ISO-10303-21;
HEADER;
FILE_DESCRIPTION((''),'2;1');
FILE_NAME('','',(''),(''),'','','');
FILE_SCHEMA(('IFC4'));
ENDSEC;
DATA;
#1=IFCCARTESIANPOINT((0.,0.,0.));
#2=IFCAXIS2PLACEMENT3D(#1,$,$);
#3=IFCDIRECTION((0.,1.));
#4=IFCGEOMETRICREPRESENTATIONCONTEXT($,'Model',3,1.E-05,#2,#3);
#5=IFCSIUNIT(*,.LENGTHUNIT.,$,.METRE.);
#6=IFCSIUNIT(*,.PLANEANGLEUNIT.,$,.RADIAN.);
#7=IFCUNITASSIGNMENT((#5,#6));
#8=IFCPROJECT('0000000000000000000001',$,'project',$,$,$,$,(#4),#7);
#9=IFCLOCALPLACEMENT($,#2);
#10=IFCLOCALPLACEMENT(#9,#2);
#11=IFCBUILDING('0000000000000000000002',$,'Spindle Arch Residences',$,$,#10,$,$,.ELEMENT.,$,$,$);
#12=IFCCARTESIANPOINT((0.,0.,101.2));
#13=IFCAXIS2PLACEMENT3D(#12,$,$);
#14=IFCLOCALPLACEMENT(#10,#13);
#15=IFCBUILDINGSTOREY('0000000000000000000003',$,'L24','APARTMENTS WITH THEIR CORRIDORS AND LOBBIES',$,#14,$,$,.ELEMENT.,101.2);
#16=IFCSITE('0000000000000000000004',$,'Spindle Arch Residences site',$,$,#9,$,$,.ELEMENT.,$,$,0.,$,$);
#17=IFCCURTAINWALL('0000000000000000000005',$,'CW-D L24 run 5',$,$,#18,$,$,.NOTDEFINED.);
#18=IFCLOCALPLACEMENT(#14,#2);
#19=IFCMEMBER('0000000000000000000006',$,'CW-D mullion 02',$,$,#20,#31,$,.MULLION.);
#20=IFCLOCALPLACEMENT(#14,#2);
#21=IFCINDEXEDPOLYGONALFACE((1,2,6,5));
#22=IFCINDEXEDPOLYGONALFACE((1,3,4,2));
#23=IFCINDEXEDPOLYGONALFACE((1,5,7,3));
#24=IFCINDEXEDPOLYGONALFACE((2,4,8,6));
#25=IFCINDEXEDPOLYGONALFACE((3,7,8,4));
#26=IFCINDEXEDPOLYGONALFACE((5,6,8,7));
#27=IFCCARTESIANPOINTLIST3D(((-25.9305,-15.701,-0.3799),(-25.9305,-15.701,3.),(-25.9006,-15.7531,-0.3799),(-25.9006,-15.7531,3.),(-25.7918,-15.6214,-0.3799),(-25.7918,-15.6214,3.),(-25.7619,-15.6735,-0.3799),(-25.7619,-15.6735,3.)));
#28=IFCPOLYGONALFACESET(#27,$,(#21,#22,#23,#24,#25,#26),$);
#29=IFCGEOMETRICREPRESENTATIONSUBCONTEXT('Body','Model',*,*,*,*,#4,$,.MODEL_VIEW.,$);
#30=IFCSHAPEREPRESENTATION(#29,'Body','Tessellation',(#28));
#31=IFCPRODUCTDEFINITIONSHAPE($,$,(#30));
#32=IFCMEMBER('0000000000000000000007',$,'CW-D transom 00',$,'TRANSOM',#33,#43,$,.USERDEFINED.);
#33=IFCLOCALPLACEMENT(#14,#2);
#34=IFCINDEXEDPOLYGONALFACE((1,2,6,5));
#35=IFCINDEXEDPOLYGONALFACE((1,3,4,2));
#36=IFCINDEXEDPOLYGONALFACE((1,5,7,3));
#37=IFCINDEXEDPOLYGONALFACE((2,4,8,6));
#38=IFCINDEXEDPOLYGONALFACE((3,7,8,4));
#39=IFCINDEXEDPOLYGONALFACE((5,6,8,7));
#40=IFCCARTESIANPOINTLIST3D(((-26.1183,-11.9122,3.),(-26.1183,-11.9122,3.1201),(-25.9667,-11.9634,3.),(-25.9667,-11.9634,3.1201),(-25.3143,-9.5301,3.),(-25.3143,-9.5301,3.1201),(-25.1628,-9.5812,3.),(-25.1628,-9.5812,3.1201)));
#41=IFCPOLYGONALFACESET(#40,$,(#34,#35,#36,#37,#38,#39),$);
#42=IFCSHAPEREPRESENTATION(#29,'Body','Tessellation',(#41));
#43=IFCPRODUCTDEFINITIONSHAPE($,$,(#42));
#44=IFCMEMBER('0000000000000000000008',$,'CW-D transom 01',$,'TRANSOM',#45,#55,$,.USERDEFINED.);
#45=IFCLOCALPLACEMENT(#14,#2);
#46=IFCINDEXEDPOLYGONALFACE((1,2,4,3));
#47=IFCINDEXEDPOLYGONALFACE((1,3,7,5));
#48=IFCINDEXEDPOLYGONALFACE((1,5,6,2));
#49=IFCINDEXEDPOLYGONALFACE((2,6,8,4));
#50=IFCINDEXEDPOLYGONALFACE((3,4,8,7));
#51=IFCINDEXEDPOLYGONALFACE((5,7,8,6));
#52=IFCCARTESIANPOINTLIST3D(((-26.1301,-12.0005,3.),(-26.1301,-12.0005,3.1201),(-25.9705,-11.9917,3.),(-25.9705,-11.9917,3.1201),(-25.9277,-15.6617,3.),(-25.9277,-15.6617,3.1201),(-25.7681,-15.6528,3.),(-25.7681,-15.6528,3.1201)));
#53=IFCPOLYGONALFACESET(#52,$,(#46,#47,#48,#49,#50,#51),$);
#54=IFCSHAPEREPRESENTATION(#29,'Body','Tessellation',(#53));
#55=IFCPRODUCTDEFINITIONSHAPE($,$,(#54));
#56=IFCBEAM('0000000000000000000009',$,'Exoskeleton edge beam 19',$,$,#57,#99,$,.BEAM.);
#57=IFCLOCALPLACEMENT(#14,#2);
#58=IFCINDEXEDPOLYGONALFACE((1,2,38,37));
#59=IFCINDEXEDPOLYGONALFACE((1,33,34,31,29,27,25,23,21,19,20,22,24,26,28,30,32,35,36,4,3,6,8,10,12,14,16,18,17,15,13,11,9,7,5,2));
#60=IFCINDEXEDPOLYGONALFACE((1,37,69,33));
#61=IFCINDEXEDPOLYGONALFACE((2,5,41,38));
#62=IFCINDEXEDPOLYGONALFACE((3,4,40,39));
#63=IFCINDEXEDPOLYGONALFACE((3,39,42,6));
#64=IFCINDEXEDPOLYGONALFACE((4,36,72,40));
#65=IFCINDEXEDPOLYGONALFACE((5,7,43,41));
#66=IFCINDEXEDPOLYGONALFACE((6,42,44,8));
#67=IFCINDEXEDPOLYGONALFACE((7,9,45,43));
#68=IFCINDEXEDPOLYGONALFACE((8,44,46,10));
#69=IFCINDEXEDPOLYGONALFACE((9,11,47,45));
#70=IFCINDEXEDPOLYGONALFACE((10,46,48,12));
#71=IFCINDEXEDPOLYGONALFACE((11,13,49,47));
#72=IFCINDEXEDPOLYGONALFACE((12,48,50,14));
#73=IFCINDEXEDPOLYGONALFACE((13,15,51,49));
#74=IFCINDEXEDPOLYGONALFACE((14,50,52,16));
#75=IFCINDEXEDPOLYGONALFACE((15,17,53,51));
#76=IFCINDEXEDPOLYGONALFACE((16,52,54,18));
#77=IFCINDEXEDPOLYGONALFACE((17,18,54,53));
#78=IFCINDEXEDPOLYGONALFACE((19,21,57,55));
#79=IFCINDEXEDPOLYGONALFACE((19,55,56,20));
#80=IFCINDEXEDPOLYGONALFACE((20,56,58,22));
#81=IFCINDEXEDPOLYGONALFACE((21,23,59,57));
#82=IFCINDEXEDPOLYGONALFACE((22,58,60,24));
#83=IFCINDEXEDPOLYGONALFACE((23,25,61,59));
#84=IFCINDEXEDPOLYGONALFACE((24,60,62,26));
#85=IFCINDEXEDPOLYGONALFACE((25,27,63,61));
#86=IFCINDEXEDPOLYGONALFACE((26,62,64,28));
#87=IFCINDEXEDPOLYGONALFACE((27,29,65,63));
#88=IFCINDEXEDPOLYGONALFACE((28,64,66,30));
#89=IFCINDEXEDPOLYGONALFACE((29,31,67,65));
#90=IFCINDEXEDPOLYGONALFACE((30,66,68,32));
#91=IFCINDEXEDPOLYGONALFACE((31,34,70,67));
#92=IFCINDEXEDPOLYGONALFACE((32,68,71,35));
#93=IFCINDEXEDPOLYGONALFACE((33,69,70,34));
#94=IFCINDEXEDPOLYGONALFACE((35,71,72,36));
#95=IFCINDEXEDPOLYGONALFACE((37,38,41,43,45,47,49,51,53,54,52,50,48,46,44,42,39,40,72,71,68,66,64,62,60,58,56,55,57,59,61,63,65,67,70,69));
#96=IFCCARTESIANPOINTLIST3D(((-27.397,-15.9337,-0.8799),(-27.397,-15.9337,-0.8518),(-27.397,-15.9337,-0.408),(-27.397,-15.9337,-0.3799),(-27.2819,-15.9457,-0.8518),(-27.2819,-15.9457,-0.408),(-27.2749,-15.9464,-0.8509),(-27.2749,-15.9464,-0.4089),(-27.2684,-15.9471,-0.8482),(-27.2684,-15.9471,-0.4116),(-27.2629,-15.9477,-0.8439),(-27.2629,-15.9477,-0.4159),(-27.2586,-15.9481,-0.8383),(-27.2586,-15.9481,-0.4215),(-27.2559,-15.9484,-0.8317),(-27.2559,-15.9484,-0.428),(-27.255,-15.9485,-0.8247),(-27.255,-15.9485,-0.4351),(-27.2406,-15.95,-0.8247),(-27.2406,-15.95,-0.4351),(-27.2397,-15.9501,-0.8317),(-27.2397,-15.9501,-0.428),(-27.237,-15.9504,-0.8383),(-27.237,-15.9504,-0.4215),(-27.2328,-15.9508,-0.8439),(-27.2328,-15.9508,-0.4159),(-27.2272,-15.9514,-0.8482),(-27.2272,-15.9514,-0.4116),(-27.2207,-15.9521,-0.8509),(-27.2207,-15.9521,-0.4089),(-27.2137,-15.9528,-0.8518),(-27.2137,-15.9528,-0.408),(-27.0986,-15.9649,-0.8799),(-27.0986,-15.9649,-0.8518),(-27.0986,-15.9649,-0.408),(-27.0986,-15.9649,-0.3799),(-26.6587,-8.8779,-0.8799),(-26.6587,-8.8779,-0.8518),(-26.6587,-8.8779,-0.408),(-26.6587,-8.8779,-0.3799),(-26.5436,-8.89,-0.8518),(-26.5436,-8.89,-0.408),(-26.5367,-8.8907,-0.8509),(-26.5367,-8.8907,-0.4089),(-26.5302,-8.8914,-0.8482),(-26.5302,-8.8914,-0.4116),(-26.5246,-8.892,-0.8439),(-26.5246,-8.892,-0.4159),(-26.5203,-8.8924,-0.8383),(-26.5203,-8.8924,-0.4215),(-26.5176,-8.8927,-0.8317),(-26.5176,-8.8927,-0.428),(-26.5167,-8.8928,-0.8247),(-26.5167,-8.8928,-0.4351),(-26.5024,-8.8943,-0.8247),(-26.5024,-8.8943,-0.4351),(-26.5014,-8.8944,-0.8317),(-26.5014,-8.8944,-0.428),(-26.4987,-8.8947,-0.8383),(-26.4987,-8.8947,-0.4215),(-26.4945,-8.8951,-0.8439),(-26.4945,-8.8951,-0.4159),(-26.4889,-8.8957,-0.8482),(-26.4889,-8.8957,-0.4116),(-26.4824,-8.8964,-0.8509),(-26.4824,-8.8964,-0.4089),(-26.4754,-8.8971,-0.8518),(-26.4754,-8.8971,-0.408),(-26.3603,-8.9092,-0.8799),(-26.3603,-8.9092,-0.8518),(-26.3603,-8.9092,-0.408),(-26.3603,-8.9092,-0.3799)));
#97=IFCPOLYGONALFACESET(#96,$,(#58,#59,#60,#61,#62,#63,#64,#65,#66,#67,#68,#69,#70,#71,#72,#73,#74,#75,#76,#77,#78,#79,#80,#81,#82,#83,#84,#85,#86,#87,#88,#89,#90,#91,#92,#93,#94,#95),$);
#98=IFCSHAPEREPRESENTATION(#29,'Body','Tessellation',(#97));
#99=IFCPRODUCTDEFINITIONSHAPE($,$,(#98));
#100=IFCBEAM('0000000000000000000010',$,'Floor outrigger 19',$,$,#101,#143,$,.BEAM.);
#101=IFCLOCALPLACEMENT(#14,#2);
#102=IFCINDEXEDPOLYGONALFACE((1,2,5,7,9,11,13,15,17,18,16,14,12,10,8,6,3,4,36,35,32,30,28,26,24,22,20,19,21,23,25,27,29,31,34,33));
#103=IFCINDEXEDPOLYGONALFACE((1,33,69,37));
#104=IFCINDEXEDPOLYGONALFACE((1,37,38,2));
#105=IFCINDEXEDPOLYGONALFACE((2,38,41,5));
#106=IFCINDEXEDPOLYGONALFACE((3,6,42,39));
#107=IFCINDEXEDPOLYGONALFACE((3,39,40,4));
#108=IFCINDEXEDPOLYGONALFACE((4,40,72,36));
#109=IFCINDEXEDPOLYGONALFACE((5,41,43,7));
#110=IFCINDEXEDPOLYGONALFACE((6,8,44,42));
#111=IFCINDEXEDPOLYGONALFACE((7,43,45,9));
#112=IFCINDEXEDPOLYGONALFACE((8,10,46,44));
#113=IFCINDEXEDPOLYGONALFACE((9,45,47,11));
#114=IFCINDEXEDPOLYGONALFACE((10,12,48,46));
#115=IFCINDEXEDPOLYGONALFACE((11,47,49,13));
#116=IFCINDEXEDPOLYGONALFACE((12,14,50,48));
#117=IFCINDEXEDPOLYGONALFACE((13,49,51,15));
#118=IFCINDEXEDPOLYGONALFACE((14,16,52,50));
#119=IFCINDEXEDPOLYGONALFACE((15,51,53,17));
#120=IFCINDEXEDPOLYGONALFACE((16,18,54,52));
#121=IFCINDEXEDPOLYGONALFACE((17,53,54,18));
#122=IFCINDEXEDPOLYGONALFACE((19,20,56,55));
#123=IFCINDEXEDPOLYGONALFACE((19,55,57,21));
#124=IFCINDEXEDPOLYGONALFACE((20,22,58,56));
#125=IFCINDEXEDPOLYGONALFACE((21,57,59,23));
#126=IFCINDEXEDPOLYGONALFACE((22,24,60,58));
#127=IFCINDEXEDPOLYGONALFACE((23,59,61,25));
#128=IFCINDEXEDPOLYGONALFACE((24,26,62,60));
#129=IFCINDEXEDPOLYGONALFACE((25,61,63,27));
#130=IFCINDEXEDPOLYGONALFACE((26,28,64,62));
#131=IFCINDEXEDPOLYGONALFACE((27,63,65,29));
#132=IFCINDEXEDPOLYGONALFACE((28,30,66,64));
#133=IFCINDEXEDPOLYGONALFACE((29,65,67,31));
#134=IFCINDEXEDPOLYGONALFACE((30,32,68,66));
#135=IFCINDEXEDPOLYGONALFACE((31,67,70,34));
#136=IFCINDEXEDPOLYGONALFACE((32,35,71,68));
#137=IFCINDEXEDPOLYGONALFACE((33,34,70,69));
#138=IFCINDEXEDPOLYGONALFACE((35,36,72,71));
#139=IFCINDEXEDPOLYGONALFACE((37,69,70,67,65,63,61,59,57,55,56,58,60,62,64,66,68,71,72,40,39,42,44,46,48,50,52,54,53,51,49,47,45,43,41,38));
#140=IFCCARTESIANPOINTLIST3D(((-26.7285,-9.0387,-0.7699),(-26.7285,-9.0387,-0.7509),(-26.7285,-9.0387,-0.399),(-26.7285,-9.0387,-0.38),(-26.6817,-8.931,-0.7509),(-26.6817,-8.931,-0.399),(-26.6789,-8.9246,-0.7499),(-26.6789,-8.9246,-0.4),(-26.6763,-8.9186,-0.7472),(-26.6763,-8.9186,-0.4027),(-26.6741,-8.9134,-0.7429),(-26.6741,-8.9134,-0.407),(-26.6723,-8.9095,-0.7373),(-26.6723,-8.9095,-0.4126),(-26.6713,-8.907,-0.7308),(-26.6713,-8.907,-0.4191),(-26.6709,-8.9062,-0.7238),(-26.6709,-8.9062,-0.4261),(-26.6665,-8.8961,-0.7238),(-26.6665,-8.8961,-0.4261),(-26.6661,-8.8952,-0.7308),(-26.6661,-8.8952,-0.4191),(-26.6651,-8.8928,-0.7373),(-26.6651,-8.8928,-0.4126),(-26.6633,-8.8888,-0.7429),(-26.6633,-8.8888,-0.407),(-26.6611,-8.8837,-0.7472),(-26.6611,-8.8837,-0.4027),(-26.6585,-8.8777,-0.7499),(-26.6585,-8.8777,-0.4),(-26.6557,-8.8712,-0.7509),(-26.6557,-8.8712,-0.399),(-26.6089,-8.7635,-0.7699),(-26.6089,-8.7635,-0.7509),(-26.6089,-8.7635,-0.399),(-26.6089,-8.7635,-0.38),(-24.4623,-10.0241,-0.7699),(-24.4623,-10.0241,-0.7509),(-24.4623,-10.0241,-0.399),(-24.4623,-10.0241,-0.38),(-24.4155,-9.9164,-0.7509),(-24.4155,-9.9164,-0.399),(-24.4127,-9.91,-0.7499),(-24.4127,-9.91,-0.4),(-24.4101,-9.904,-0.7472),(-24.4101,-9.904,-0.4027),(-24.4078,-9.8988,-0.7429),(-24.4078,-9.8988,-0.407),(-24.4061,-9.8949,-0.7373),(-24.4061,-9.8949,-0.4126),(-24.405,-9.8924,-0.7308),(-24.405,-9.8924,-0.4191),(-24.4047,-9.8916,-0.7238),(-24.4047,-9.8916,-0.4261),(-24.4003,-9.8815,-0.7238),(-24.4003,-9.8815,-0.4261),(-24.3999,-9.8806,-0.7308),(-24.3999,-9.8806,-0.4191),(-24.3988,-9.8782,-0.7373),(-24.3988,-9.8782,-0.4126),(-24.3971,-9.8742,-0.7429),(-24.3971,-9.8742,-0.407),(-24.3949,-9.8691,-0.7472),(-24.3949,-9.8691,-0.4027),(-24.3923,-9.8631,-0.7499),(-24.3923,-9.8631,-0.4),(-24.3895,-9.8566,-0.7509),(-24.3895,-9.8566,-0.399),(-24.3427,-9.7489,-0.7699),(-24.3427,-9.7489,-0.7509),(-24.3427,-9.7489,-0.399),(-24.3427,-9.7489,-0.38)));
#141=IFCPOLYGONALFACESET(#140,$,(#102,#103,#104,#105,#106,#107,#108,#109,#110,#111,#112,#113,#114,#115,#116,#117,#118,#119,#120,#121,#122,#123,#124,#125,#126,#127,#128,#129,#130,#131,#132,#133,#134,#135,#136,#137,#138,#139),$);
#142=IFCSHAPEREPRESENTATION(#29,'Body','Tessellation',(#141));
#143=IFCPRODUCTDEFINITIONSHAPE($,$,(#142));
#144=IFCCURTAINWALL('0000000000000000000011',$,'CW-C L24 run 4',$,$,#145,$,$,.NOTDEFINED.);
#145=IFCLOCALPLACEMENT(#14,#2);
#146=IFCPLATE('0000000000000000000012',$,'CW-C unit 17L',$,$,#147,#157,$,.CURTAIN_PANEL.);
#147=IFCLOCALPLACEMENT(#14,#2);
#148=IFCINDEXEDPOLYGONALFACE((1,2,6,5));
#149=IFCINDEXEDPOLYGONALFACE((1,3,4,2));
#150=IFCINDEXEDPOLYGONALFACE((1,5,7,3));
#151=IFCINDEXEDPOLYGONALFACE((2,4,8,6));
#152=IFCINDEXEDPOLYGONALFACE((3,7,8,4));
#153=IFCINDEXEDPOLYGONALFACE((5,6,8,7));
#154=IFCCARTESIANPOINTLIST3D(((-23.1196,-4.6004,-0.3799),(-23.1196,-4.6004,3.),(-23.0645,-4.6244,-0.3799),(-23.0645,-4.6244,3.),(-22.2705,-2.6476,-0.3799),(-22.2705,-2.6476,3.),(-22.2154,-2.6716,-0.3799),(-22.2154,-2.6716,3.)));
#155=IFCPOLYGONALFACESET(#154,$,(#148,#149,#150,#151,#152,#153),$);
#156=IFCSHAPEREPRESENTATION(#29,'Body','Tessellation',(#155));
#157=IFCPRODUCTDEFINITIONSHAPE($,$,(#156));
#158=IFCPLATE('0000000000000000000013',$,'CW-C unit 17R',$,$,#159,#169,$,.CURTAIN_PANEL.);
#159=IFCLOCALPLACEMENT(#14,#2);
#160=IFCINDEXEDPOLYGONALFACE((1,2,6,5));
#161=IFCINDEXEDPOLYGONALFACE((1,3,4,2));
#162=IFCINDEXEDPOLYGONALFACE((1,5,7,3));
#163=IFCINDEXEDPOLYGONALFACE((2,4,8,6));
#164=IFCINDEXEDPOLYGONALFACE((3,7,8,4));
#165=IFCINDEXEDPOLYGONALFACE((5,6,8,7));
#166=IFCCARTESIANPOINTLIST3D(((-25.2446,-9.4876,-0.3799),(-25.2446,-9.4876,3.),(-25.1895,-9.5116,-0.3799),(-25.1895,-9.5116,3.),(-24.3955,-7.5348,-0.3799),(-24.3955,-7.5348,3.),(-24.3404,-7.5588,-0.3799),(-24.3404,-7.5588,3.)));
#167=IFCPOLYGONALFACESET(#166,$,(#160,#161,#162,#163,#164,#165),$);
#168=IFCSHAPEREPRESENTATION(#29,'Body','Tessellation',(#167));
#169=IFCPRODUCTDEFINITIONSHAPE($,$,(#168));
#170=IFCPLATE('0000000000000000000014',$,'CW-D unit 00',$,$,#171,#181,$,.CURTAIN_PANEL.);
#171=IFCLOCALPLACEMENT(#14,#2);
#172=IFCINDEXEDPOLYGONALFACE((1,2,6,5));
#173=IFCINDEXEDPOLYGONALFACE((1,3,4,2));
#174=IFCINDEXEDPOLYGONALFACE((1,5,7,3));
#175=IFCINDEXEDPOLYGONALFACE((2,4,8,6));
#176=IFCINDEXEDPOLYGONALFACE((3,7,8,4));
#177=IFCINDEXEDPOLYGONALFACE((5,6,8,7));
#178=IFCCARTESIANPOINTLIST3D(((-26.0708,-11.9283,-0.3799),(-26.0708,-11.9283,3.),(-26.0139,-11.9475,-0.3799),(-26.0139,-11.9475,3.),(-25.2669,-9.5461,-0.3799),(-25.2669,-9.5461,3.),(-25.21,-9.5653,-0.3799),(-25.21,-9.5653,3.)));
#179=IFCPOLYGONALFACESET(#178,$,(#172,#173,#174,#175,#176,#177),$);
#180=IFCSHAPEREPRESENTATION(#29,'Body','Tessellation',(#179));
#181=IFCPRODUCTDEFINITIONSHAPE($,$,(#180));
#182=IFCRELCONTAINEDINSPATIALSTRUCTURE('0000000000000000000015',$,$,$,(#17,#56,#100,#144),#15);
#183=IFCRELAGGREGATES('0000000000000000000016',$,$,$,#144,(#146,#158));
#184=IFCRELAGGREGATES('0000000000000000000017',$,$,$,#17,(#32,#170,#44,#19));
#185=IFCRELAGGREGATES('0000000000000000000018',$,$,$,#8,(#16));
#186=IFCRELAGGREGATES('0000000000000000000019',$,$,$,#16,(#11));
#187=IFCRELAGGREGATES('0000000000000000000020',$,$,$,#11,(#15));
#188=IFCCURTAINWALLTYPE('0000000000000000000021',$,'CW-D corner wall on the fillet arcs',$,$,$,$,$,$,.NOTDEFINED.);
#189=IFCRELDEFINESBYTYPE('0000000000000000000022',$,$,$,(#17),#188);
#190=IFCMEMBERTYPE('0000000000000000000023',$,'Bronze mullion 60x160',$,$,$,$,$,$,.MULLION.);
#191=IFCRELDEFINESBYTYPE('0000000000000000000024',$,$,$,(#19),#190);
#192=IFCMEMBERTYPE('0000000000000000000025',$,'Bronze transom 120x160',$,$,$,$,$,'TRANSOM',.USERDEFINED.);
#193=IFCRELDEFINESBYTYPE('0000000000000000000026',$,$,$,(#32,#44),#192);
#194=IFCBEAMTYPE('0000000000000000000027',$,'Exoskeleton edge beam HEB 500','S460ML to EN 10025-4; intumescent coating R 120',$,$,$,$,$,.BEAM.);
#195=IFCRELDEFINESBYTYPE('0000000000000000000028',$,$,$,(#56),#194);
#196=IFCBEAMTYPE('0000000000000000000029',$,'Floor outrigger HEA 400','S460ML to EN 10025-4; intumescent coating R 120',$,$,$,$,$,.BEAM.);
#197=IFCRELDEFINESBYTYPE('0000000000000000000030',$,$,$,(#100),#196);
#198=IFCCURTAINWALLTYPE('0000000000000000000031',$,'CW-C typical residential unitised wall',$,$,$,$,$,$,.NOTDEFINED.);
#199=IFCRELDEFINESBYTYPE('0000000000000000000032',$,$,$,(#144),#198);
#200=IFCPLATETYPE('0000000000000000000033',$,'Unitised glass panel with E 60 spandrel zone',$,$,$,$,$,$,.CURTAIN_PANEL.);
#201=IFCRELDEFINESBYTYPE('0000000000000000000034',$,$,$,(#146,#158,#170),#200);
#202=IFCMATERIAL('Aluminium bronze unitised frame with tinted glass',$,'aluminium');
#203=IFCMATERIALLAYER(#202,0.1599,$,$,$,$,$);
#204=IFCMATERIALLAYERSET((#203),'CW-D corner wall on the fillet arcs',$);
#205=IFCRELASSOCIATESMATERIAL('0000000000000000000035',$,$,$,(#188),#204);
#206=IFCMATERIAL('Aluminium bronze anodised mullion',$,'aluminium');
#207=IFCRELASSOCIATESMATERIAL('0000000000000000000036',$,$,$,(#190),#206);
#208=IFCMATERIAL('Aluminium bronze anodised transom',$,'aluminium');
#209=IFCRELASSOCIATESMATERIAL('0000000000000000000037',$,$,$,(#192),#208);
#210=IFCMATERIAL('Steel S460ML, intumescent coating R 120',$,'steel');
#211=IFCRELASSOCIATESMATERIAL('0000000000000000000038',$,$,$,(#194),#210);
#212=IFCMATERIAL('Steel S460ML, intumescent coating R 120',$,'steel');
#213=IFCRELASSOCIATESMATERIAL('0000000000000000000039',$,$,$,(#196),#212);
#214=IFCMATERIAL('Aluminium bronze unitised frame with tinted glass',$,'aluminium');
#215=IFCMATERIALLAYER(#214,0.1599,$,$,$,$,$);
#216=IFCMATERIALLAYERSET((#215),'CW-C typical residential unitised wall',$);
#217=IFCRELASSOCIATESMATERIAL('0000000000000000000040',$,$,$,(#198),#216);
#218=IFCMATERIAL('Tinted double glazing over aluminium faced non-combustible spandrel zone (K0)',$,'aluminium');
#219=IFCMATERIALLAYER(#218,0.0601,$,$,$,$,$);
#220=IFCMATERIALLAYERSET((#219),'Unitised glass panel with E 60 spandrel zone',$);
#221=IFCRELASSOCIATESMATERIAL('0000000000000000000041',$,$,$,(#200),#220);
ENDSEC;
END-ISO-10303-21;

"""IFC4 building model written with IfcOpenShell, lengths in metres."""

from ifc_helpers import new_model, si_unit, direction, frame, origin, origin_2d, place, context, subcontext, project, spatial, rectangle, i_section, extrude, material, layer, layer_set, material_profile, profile_set, type_object, element, aggregate, save


model = new_model("IFC4")

# Units and contexts
model_context = context("Model", 3, precision=1e-05, world=origin(), true_north=direction((0.0, 1.0)))
body_context = subcontext(model_context, "Body", "Model", "MODEL_VIEW")
ifc_project = project(units=[si_unit("LENGTHUNIT", "METRE"), si_unit("PLANEANGLEUNIT", "RADIAN")], contexts=[model_context])

# Site, building, storey
site_placement = place(None, origin())
site = spatial("IfcSite", under=ifc_project, at=site_placement, Name="Spindle Arch Residences site", CompositionType="ELEMENT", RefElevation=0.0)
building_placement = place(site_placement, origin())
building = spatial("IfcBuilding", under=site, at=building_placement, Name="Spindle Arch Residences", CompositionType="ELEMENT")
storey_placement = place(building_placement, frame((0.0, 0.0, 101.2)))
storey = spatial("IfcBuildingStorey", under=building, at=storey_placement, Name="L24", Description="APARTMENTS WITH THEIR CORRIDORS AND LOBBIES", CompositionType="ELEMENT", Elevation=101.2)

# Curtain wall, members
ifc_material_1 = material(Name="Aluminium bronze unitised frame with tinted glass", Category="aluminium")
ifc_layer_1 = layer(ifc_material_1, 0.1599)
ifc_layer_set_1 = layer_set([ifc_layer_1], Name="CW-D corner wall on the fillet arcs")
curtain_wall_type_1 = type_object("IfcCurtainWallType", Name="CW-D corner wall on the fillet arcs", PredefinedType="NOTDEFINED", material=ifc_layer_set_1)
curtain_wall_1_placement = place(storey_placement, origin())
curtain_wall_1 = element("IfcCurtainWall", 1, at=curtain_wall_1_placement, inside=storey, type_object=curtain_wall_type_1, Name="CW-D L24 run 5", PredefinedType="NOTDEFINED")
ifc_material_2 = material(Name="Aluminium bronze anodised mullion", Category="aluminium")
ifc_material_profile_1 = material_profile(ifc_material_2, rectangle(XDim=0.1599, YDim=0.0601, at=origin_2d()), Name="MU 60x160")
ifc_profile_set_1 = profile_set([ifc_material_profile_1], Name="Aluminium bronze anodised mullion")
member_type_1 = type_object("IfcMemberType", Name="Bronze mullion 60x160", PredefinedType="MULLION", material=ifc_profile_set_1)
member_1_placement = place(storey_placement, frame((-25.8462, -15.6873, -0.3799), z_axis=(0.0, 0.0, 1.0), x_axis=(0.867476, 0.497479, 0.0)))
member_1 = element("IfcMember", 2, at=member_1_placement, type_object=member_type_1, Name="CW-D mullion 02", PredefinedType="MULLION", context=body_context, shape_type="SweptSolid", body=[
    extrude(rectangle(XDim=0.1599, YDim=0.0601, at=origin_2d()), origin(), (0.0, 0.0, 1.0), 3.3799),
])
ifc_material_3 = material(Name="Aluminium bronze anodised transom", Category="aluminium")
ifc_material_profile_2 = material_profile(ifc_material_3, rectangle(XDim=0.1599, YDim=0.1201, at=origin_2d()), Name="TR 120x160")
ifc_profile_set_2 = profile_set([ifc_material_profile_2], Name="Aluminium bronze anodised transom")
member_type_2 = type_object("IfcMemberType", Name="Bronze transom 120x160", ElementType="TRANSOM", PredefinedType="USERDEFINED", material=ifc_profile_set_2)
member_2_placement = place(storey_placement, frame((-25.2385, -9.5557, 3.0601), z_axis=(-0.31978, -0.947492, 0.0), x_axis=(0.947492, -0.31978, 0.0)))
member_2 = element("IfcMember", 3, at=member_2_placement, type_object=member_type_2, Name="CW-D transom 00", ObjectType="TRANSOM", PredefinedType="USERDEFINED", context=body_context, shape_type="SweptSolid", body=[
    extrude(rectangle(XDim=0.1599, YDim=0.1201, at=origin_2d()), origin(), (0.0, 0.0, 1.0), 2.5142),
])
member_3_placement = place(storey_placement, frame((-26.0503, -11.9961, 3.0601), z_axis=(0.055197, -0.998475, 0.0), x_axis=(0.998475, 0.055197, 0.0)))
member_3 = element("IfcMember", 4, at=member_3_placement, type_object=member_type_2, Name="CW-D transom 01", ObjectType="TRANSOM", PredefinedType="USERDEFINED", context=body_context, shape_type="SweptSolid", body=[
    extrude(rectangle(XDim=0.1599, YDim=0.1201, at=origin_2d()), origin(), (0.0, 0.0, 1.0), 3.6667),
])

# Beams
ifc_material_4 = material(Name="Steel S460ML, intumescent coating R 120", Category="steel")
ifc_material_profile_3 = material_profile(ifc_material_4, i_section(OverallWidth=0.3, OverallDepth=0.5, WebThickness=0.0144, FlangeThickness=0.0281, FilletRadius=0.0271, at=origin_2d()), Name="HEB 500")
ifc_profile_set_3 = profile_set([ifc_material_profile_3], Name="Steel S460ML, intumescent coating R 120")
beam_type_1 = type_object("IfcBeamType", Name="Exoskeleton edge beam HEB 500", Description="S460ML to EN 10025-4; intumescent coating R 120", PredefinedType="BEAM", material=ifc_profile_set_3)
beam_1_placement = place(storey_placement, frame((-26.5095, -8.8936, -0.6299), z_axis=(-0.104069, -0.99457, 0.0), x_axis=(0.99457, -0.104069, 0.0)))
element("IfcBeam", 5, at=beam_1_placement, inside=storey, type_object=beam_type_1, Name="Exoskeleton edge beam 19", PredefinedType="BEAM", context=body_context, shape_type="SweptSolid", body=[
    extrude(i_section(OverallWidth=0.3, OverallDepth=0.5, WebThickness=0.0144, FlangeThickness=0.0281, FilletRadius=0.0271, at=origin_2d()), origin(), (0.0, 0.0, 1.0), 7.0942),
])
ifc_material_5 = material(Name="Steel S460ML, intumescent coating R 120", Category="steel")
ifc_material_profile_4 = material_profile(ifc_material_5, i_section(OverallWidth=0.3, OverallDepth=0.3899, WebThickness=0.011, FlangeThickness=0.019, FilletRadius=0.0271, at=origin_2d()), Name="HEA 400")
ifc_profile_set_4 = profile_set([ifc_material_profile_4], Name="Steel S460ML, intumescent coating R 120")
beam_type_2 = type_object("IfcBeamType", Name="Floor outrigger HEA 400", Description="S460ML to EN 10025-4; intumescent coating R 120", PredefinedType="BEAM", material=ifc_profile_set_4)
beam_2_placement = place(storey_placement, frame((-26.6687, -8.9011, -0.575), z_axis=(0.917057, -0.398755, 0.0), x_axis=(0.398755, 0.917057, 0.0)))
element("IfcBeam", 6, at=beam_2_placement, inside=storey, type_object=beam_type_2, Name="Floor outrigger 19", PredefinedType="BEAM", context=body_context, shape_type="SweptSolid", body=[
    extrude(i_section(OverallWidth=0.3, OverallDepth=0.3899, WebThickness=0.011, FlangeThickness=0.019, FilletRadius=0.0271, at=origin_2d()), origin(), (0.0, 0.0, 1.0), 2.4712),
])

# Curtain wall, plates
ifc_material_6 = material(Name="Aluminium bronze unitised frame with tinted glass", Category="aluminium")
ifc_layer_2 = layer(ifc_material_6, 0.1599)
ifc_layer_set_2 = layer_set([ifc_layer_2], Name="CW-C typical residential unitised wall")
curtain_wall_type_2 = type_object("IfcCurtainWallType", Name="CW-C typical residential unitised wall", PredefinedType="NOTDEFINED", material=ifc_layer_set_2)
curtain_wall_2_placement = place(storey_placement, origin())
curtain_wall_2 = element("IfcCurtainWall", 7, at=curtain_wall_2_placement, inside=storey, type_object=curtain_wall_type_2, Name="CW-C L24 run 4", PredefinedType="NOTDEFINED")
ifc_material_7 = material(Name="Tinted double glazing over aluminium faced non-combustible spandrel zone (K0)", Category="aluminium")
ifc_layer_3 = layer(ifc_material_7, 0.0601)
ifc_layer_set_3 = layer_set([ifc_layer_3], Name="Unitised glass panel with E 60 spandrel zone")
plate_type = type_object("IfcPlateType", Name="Unitised glass panel with E 60 spandrel zone", PredefinedType="CURTAIN_PANEL", material=ifc_layer_set_3)
plate_1_placement = place(storey_placement, frame((-22.6675, -3.636, -0.3799), z_axis=(0.0, 0.0, 1.0), x_axis=(-0.398749, -0.91706, 0.0)))
plate_1 = element("IfcPlate", 8, at=plate_1_placement, type_object=plate_type, Name="CW-C unit 17L", PredefinedType="CURTAIN_PANEL", context=body_context, shape_type="SweptSolid", body=[
    extrude(rectangle(XDim=2.1294, YDim=0.0601, at=origin_2d()), origin(), (0.0, 0.0, 1.0), 3.3799),
])
plate_2_placement = place(storey_placement, frame((-24.7925, -8.5232, -0.3799), z_axis=(0.0, 0.0, 1.0), x_axis=(-0.398749, -0.91706, 0.0)))
plate_2 = element("IfcPlate", 9, at=plate_2_placement, type_object=plate_type, Name="CW-C unit 17R", PredefinedType="CURTAIN_PANEL", context=body_context, shape_type="SweptSolid", body=[
    extrude(rectangle(XDim=2.1294, YDim=0.0601, at=origin_2d()), origin(), (0.0, 0.0, 1.0), 3.3799),
])
aggregate(curtain_wall_2, [plate_1, plate_2])

# Plate
plate_3_placement = place(storey_placement, frame((-25.6404, -10.7468, -0.3799), z_axis=(0.0, 0.0, 1.0), x_axis=(-0.319727, -0.94751, 0.0)))
plate_3 = element("IfcPlate", 10, at=plate_3_placement, type_object=plate_type, Name="CW-D unit 00", PredefinedType="CURTAIN_PANEL", context=body_context, shape_type="SweptSolid", body=[
    extrude(rectangle(XDim=2.5142, YDim=0.0601, at=origin_2d()), origin(), (0.0, 0.0, 1.0), 3.3799),
])
aggregate(curtain_wall_1, [member_2, plate_3, member_3, member_1])

save(model, "model.ifc")
